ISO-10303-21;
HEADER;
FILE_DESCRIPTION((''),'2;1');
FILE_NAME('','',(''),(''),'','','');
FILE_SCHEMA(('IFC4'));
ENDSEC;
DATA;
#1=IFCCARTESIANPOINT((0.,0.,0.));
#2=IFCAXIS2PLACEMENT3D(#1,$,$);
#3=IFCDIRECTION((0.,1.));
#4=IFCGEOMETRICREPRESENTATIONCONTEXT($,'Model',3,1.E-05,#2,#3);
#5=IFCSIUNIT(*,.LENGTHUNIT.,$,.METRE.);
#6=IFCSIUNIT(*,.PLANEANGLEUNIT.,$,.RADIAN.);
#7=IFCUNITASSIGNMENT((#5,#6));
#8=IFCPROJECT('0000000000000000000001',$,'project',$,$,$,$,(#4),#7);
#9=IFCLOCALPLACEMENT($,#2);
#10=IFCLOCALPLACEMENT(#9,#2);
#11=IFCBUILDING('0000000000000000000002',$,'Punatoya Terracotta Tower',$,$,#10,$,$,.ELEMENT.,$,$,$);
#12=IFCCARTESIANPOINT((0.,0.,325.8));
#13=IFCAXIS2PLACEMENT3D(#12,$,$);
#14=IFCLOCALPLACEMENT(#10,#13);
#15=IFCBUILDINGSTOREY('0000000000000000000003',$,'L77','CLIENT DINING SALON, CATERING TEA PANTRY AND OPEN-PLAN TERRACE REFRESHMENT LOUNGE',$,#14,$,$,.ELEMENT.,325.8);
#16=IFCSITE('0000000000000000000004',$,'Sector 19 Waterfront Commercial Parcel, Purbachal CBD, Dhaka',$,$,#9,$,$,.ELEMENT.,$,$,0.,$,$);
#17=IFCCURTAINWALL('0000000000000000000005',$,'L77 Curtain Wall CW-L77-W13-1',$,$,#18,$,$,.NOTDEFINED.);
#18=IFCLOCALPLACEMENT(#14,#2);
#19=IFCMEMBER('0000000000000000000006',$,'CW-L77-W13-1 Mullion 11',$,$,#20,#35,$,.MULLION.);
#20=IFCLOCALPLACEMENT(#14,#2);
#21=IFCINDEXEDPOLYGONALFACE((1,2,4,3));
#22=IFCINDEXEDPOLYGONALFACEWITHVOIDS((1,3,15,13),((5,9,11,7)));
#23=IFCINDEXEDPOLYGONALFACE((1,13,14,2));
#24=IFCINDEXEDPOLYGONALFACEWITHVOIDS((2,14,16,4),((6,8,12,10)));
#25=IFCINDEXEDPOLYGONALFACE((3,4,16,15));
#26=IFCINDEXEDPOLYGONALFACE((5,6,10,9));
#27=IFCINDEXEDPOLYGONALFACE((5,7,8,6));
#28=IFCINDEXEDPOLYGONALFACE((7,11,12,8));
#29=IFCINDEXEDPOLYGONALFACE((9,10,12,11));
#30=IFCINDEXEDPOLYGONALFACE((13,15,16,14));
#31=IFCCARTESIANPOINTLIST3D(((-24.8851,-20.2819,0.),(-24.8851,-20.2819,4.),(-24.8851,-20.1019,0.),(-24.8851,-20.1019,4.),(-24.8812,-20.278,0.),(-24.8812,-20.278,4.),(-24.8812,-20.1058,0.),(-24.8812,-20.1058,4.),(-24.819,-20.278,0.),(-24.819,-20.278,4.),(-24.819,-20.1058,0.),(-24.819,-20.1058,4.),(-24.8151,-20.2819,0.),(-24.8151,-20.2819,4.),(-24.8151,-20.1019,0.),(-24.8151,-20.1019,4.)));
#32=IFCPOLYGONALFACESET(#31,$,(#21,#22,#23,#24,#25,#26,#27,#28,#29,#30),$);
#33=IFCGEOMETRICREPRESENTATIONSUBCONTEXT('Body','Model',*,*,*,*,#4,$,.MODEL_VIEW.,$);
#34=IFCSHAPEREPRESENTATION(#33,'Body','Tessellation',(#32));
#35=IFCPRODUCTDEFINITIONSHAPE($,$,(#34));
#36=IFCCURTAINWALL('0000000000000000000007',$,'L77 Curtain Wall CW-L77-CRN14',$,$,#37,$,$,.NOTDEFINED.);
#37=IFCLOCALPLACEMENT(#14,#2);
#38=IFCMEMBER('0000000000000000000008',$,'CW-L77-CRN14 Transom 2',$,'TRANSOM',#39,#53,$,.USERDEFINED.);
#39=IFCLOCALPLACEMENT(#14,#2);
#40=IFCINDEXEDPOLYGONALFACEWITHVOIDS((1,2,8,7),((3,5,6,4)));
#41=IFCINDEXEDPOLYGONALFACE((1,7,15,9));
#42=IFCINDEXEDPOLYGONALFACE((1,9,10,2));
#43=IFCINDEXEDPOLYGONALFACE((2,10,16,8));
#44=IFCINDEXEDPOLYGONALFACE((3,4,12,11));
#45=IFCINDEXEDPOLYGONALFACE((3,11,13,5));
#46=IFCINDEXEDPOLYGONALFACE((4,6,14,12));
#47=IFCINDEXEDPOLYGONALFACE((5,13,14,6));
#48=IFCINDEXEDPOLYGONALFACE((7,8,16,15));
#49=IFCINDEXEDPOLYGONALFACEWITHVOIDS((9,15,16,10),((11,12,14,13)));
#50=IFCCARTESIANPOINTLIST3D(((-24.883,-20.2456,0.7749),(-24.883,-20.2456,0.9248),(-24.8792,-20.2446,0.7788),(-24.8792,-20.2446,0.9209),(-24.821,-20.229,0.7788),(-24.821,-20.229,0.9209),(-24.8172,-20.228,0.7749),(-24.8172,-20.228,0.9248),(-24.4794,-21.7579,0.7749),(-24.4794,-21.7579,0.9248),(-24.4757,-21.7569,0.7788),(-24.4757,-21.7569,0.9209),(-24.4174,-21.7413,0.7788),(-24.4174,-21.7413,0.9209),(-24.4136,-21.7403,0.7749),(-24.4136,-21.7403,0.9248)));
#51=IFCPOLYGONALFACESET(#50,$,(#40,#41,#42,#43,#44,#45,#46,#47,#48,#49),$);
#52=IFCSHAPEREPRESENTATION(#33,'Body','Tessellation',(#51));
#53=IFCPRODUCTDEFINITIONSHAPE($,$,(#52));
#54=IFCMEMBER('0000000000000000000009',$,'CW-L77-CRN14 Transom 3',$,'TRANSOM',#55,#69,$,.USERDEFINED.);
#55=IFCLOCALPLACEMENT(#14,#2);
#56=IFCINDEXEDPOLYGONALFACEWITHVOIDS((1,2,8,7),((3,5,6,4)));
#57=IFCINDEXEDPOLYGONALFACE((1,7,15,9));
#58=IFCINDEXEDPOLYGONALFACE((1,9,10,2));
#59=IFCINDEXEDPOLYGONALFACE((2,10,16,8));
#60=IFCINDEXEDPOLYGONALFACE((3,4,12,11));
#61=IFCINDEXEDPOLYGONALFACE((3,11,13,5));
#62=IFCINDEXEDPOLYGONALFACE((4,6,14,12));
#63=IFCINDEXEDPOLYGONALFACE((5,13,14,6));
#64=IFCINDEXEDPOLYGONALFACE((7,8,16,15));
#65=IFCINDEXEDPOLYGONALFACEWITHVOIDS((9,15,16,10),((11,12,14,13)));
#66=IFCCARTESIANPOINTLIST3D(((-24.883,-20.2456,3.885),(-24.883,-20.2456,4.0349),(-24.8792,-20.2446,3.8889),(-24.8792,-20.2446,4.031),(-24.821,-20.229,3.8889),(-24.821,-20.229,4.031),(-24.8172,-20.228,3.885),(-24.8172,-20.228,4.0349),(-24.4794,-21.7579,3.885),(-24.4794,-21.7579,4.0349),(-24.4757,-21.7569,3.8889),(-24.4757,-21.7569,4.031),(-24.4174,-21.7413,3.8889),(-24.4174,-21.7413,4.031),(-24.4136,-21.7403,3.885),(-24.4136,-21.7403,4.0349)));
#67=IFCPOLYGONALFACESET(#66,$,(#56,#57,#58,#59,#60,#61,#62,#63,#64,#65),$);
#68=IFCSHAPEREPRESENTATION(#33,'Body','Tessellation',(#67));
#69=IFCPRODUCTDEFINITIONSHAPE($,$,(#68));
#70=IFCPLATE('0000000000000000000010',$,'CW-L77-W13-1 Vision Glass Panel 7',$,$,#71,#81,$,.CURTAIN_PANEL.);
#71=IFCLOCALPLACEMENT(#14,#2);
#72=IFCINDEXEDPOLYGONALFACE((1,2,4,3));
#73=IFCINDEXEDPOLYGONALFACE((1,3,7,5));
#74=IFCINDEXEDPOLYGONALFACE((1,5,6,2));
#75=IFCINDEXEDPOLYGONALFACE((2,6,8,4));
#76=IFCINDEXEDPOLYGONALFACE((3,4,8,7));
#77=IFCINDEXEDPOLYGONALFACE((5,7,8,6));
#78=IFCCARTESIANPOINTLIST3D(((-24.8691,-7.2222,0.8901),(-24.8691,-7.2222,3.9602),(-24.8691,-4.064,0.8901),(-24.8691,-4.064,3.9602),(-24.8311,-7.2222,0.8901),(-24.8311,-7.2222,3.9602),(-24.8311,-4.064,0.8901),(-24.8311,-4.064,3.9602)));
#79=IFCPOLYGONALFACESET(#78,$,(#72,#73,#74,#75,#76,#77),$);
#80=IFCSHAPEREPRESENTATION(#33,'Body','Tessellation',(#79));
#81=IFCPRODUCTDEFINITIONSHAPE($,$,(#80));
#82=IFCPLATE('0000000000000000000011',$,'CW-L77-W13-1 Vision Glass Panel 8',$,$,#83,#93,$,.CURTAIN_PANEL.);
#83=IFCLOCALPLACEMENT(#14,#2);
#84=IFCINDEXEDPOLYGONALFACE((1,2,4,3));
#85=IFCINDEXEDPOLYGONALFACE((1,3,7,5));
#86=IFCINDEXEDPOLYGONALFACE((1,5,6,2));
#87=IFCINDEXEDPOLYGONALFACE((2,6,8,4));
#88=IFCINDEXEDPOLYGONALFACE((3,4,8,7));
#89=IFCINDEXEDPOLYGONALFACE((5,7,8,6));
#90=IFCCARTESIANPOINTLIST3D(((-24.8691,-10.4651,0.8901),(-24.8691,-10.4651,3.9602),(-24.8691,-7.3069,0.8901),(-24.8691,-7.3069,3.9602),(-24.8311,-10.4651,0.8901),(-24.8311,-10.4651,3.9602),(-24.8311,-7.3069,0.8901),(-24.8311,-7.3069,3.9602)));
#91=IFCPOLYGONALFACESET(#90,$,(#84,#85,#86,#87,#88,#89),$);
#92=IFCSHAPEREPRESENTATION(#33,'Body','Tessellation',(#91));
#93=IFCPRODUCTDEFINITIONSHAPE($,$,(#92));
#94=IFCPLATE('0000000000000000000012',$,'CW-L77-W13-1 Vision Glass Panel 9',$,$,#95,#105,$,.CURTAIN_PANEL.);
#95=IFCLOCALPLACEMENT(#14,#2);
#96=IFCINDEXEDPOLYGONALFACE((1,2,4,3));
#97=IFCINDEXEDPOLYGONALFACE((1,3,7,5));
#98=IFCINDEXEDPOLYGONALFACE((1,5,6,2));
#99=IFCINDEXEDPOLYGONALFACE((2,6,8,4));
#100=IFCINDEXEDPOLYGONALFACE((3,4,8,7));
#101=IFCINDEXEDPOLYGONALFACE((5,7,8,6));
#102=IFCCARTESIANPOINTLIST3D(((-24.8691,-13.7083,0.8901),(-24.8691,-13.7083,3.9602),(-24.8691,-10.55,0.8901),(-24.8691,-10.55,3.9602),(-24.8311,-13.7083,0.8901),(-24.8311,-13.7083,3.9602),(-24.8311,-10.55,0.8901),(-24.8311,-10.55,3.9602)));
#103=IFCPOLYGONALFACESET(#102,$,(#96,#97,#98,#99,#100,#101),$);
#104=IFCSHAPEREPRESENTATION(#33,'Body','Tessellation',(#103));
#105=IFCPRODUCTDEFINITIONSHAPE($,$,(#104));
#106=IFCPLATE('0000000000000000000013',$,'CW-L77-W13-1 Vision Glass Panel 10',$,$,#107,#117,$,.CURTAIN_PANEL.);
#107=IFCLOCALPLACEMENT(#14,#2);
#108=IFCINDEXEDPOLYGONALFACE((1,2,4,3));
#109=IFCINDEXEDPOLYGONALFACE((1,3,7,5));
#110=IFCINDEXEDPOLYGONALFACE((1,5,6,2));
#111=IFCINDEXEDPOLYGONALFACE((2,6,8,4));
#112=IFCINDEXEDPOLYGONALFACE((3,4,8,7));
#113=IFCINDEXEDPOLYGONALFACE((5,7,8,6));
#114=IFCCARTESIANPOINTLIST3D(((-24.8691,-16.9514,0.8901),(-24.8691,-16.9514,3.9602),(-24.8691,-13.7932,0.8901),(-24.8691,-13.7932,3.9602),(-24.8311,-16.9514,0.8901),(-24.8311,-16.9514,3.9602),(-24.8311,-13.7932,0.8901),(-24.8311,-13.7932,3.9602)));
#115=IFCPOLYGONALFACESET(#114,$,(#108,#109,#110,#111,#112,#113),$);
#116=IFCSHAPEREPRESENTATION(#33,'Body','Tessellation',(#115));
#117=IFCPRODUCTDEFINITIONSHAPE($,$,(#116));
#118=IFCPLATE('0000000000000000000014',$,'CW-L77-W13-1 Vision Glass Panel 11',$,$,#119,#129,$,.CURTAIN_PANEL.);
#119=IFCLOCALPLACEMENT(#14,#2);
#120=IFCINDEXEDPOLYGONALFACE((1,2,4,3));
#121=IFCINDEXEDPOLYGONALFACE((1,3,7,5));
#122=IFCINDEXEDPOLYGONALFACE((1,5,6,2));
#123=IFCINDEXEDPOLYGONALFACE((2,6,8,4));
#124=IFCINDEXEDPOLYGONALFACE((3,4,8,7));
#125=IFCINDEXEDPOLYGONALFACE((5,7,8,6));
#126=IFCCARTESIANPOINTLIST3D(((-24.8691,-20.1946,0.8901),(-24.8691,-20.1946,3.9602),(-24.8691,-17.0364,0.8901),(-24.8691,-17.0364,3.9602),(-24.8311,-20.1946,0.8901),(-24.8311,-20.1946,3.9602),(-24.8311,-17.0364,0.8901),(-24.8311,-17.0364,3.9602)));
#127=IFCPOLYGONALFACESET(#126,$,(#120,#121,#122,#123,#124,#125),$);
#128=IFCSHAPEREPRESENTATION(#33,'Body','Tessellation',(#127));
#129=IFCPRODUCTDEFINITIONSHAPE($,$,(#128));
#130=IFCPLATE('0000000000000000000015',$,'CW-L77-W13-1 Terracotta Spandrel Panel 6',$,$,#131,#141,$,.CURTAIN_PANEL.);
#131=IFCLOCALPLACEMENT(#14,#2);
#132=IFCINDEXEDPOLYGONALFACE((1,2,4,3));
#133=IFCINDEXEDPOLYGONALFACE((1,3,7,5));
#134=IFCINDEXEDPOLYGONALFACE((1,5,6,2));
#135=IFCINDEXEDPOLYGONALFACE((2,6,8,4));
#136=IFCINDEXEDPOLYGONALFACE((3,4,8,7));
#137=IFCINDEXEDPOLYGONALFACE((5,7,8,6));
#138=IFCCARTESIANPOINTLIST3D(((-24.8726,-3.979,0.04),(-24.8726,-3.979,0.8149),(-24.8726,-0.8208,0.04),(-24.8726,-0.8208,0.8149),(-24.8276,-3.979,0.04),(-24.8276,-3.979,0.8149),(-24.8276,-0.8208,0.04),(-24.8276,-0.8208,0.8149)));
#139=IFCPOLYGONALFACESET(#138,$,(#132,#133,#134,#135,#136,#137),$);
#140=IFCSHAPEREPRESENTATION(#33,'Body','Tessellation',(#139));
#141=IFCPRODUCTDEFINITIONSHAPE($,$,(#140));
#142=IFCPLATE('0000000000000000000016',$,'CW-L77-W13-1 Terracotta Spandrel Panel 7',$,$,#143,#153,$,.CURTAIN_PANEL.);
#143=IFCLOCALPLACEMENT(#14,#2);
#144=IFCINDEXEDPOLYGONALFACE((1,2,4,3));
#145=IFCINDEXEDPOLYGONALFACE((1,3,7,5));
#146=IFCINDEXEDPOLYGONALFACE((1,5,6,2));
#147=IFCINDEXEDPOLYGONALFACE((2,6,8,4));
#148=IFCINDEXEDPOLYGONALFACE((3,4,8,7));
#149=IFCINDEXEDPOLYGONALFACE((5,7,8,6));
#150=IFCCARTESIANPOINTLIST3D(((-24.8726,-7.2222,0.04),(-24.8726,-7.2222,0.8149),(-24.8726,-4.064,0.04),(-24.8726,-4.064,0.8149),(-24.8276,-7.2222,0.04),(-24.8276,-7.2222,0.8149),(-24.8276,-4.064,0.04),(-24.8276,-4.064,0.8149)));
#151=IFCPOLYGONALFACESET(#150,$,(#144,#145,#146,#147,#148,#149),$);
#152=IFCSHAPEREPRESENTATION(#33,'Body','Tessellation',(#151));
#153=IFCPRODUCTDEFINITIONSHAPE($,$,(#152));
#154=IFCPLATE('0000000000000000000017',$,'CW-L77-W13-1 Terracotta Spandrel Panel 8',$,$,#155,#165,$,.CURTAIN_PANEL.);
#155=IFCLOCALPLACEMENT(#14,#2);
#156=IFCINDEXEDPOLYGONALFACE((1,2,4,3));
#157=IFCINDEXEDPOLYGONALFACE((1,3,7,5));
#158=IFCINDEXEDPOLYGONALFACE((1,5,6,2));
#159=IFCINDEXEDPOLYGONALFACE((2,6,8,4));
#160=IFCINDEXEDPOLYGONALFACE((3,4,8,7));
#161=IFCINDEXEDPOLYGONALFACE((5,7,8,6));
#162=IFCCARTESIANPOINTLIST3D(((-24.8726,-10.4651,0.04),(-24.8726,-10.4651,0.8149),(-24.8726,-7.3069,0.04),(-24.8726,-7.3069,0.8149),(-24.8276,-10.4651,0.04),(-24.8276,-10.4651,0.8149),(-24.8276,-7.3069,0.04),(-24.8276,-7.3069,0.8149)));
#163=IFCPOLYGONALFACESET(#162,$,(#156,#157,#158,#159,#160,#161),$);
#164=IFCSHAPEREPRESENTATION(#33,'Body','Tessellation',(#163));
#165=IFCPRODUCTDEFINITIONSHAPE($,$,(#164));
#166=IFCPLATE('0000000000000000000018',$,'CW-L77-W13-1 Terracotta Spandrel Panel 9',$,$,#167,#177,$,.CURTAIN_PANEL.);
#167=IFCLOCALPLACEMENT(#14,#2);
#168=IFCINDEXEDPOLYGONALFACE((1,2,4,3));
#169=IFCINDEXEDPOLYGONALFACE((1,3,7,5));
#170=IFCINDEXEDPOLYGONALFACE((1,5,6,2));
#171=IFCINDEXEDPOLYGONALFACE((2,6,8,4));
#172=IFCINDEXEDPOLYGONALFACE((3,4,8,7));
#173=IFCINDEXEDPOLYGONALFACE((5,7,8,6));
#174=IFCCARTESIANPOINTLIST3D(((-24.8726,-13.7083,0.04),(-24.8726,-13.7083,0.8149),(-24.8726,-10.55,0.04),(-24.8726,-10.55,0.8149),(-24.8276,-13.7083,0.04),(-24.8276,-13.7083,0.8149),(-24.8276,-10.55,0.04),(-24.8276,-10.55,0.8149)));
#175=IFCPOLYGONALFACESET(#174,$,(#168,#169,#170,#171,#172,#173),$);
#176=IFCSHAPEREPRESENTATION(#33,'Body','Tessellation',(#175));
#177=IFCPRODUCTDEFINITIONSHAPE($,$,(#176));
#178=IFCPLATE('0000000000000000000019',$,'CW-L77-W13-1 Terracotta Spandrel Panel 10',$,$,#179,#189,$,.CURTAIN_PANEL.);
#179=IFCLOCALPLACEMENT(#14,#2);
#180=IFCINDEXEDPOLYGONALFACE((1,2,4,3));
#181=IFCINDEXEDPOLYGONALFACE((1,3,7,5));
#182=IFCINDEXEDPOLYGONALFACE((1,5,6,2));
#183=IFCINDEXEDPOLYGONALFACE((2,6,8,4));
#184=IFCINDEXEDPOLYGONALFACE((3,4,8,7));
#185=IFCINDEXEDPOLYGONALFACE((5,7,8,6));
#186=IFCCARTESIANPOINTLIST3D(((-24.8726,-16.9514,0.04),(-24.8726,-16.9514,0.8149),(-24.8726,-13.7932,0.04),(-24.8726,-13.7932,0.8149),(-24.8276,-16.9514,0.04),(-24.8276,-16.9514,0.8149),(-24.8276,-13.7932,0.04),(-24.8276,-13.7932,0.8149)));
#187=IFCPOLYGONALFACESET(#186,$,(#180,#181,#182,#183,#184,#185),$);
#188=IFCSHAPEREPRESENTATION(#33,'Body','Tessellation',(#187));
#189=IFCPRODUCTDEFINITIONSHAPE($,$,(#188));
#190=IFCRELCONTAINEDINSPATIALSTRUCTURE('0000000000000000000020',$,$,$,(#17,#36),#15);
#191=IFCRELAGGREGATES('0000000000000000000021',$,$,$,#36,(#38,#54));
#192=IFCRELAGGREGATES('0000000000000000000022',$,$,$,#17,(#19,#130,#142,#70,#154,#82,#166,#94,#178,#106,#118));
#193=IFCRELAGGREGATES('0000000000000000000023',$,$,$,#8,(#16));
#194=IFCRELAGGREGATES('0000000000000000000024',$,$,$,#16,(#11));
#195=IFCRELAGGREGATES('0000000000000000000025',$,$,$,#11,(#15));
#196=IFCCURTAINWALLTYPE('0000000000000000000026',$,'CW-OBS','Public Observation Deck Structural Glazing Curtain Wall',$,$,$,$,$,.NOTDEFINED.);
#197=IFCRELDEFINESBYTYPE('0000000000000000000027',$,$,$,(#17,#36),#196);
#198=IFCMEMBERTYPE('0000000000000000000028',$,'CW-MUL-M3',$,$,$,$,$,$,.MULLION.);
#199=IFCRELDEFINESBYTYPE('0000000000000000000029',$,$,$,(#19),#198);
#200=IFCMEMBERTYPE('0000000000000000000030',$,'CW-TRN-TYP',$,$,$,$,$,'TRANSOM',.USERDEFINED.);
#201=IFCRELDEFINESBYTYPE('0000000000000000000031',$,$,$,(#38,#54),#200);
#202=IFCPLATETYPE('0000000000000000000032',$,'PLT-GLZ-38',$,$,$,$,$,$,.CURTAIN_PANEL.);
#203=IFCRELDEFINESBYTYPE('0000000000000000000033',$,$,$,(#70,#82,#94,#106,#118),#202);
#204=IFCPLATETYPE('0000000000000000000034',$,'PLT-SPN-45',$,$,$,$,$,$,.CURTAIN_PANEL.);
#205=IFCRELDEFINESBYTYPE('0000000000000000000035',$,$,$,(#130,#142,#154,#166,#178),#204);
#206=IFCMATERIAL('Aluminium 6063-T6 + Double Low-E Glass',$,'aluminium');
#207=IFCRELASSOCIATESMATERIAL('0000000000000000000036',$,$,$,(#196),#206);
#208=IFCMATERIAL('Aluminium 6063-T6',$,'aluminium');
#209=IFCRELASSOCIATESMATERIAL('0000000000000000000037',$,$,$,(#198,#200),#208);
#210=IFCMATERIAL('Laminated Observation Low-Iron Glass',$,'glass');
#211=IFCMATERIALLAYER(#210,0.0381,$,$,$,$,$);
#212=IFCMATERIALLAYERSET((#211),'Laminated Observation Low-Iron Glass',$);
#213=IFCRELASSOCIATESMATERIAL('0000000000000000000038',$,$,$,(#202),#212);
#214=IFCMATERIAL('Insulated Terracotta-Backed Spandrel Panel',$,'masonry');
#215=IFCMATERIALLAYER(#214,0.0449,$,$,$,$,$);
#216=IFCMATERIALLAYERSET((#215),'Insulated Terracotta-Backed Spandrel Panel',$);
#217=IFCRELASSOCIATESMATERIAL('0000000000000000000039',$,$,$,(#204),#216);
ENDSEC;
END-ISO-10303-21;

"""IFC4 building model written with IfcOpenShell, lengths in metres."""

from ifc_helpers import new_model, si_unit, direction, frame, origin, origin_2d, place, context, subcontext, project, spatial, rectangle, hollow_rectangle, extrude, material, layer, layer_set, material_profile, profile_set, type_object, element, aggregate, save


model = new_model("IFC4")

# Units and contexts
model_context = context("Model", 3, precision=1e-05, world=origin(), true_north=direction((0.0, 1.0)))
body_context = subcontext(model_context, "Body", "Model", "MODEL_VIEW")
ifc_project = project(units=[si_unit("LENGTHUNIT", "METRE"), si_unit("PLANEANGLEUNIT", "RADIAN")], contexts=[model_context])

# Site, building, storey
site_placement = place(None, origin())
site = spatial("IfcSite", under=ifc_project, at=site_placement, Name="Sector 19 Waterfront Commercial Parcel, Purbachal CBD, Dhaka", CompositionType="ELEMENT", RefElevation=0.0)
building_placement = place(site_placement, origin())
building = spatial("IfcBuilding", under=site, at=building_placement, Name="Punatoya Terracotta Tower", CompositionType="ELEMENT")
storey_placement = place(building_placement, frame((0.0, 0.0, 325.8)))
storey = spatial("IfcBuildingStorey", under=building, at=storey_placement, Name="L77", Description="CLIENT DINING SALON, CATERING TEA PANTRY AND OPEN-PLAN TERRACE REFRESHMENT LOUNGE", CompositionType="ELEMENT", Elevation=325.8)

# Curtain walls, members
ifc_material_1 = material(Name="Aluminium 6063-T6 + Double Low-E Glass", Category="aluminium")
curtain_wall_type = type_object("IfcCurtainWallType", Name="CW-OBS", Description="Public Observation Deck Structural Glazing Curtain Wall", PredefinedType="NOTDEFINED", material=ifc_material_1)
curtain_wall_1_placement = place(storey_placement, origin())
curtain_wall_1 = element("IfcCurtainWall", 1, at=curtain_wall_1_placement, inside=storey, type_object=curtain_wall_type, Name="L77 Curtain Wall CW-L77-W13-1", PredefinedType="NOTDEFINED")
ifc_material_2 = material(Name="Aluminium 6063-T6", Category="aluminium")
ifc_material_profile_1 = material_profile(ifc_material_2, hollow_rectangle(XDim=0.0701, YDim=0.1799, WallThickness=0.0039, at=origin_2d()))
ifc_profile_set_1 = profile_set([ifc_material_profile_1], Name="Aluminium 6063-T6")
member_type_1 = type_object("IfcMemberType", Name="CW-MUL-M3", PredefinedType="MULLION", material=ifc_profile_set_1)
member_1_placement = place(storey_placement, frame((-24.8501, -20.1919, 0.0), z_axis=(0.0, 0.0, 1.0), x_axis=(1.0, 0.0, 0.0)))
member_1 = element("IfcMember", 2, at=member_1_placement, type_object=member_type_1, Name="CW-L77-W13-1 Mullion 11", PredefinedType="MULLION", context=body_context, shape_type="SweptSolid", body=[
    extrude(hollow_rectangle(XDim=0.0701, YDim=0.1799, WallThickness=0.0039, at=origin_2d()), origin(), (0.0, 0.0, 1.0), 4.0),
])
curtain_wall_2_placement = place(storey_placement, origin())
curtain_wall_2 = element("IfcCurtainWall", 3, at=curtain_wall_2_placement, inside=storey, type_object=curtain_wall_type, Name="L77 Curtain Wall CW-L77-CRN14", PredefinedType="NOTDEFINED")
ifc_material_profile_2 = material_profile(ifc_material_2, hollow_rectangle(XDim=0.0681, YDim=0.1499, WallThickness=0.0039, at=origin_2d()))
ifc_profile_set_2 = profile_set([ifc_material_profile_2], Name="Aluminium 6063-T6")
member_type_2 = type_object("IfcMemberType", Name="CW-TRN-TYP", ElementType="TRANSOM", PredefinedType="USERDEFINED", material=ifc_profile_set_2)
member_2_placement = place(storey_placement, frame((-24.8501, -20.2368, 0.8499), z_axis=(0.257847, -0.966186, 0.0), x_axis=(0.966186, 0.257847, 0.0)))
member_2 = element("IfcMember", 4, at=member_2_placement, type_object=member_type_2, Name="CW-L77-CRN14 Transom 2", ObjectType="TRANSOM", PredefinedType="USERDEFINED", context=body_context, shape_type="SweptSolid", body=[
    extrude(hollow_rectangle(XDim=0.0681, YDim=0.1499, WallThickness=0.0039, at=origin_2d()), origin(), (0.0, 0.0, 1.0), 1.5652),
])
member_3_placement = place(storey_placement, frame((-24.8501, -20.2368, 3.96), z_axis=(0.257847, -0.966186, 0.0), x_axis=(0.966186, 0.257847, 0.0)))
member_3 = element("IfcMember", 5, at=member_3_placement, type_object=member_type_2, Name="CW-L77-CRN14 Transom 3", ObjectType="TRANSOM", PredefinedType="USERDEFINED", context=body_context, shape_type="SweptSolid", body=[
    extrude(hollow_rectangle(XDim=0.0681, YDim=0.1499, WallThickness=0.0039, at=origin_2d()), origin(), (0.0, 0.0, 1.0), 1.5652),
])
aggregate(curtain_wall_2, [member_2, member_3])

# Plates
ifc_material_3 = material(Name="Laminated Observation Low-Iron Glass", Category="glass")
ifc_layer_1 = layer(ifc_material_3, 0.0381)
ifc_layer_set_1 = layer_set([ifc_layer_1], Name="Laminated Observation Low-Iron Glass")
plate_type_1 = type_object("IfcPlateType", Name="PLT-GLZ-38", PredefinedType="CURTAIN_PANEL", material=ifc_layer_set_1)
plate_1_placement = place(storey_placement, frame((-24.8501, -5.6431, 0.8901), z_axis=(0.0, 0.0, 1.0), x_axis=(0.0, -1.0, 0.0)))
plate_1 = element("IfcPlate", 6, at=plate_1_placement, type_object=plate_type_1, Name="CW-L77-W13-1 Vision Glass Panel 7", PredefinedType="CURTAIN_PANEL", context=body_context, shape_type="SweptSolid", body=[
    extrude(rectangle(XDim=3.1582, YDim=0.0381, at=origin_2d()), origin(), (0.0, 0.0, 1.0), 3.0701),
])
plate_2_placement = place(storey_placement, frame((-24.8501, -8.886, 0.8901), z_axis=(0.0, 0.0, 1.0), x_axis=(0.0, -1.0, 0.0)))
plate_2 = element("IfcPlate", 7, at=plate_2_placement, type_object=plate_type_1, Name="CW-L77-W13-1 Vision Glass Panel 8", PredefinedType="CURTAIN_PANEL", context=body_context, shape_type="SweptSolid", body=[
    extrude(rectangle(XDim=3.1582, YDim=0.0381, at=origin_2d()), origin(), (0.0, 0.0, 1.0), 3.0701),
])
plate_3_placement = place(storey_placement, frame((-24.8501, -12.1292, 0.8901), z_axis=(0.0, 0.0, 1.0), x_axis=(0.0, -1.0, 0.0)))
plate_3 = element("IfcPlate", 8, at=plate_3_placement, type_object=plate_type_1, Name="CW-L77-W13-1 Vision Glass Panel 9", PredefinedType="CURTAIN_PANEL", context=body_context, shape_type="SweptSolid", body=[
    extrude(rectangle(XDim=3.1582, YDim=0.0381, at=origin_2d()), origin(), (0.0, 0.0, 1.0), 3.0701),
])
plate_4_placement = place(storey_placement, frame((-24.8501, -15.3723, 0.8901), z_axis=(0.0, 0.0, 1.0), x_axis=(0.0, -1.0, 0.0)))
plate_4 = element("IfcPlate", 9, at=plate_4_placement, type_object=plate_type_1, Name="CW-L77-W13-1 Vision Glass Panel 10", PredefinedType="CURTAIN_PANEL", context=body_context, shape_type="SweptSolid", body=[
    extrude(rectangle(XDim=3.1582, YDim=0.0381, at=origin_2d()), origin(), (0.0, 0.0, 1.0), 3.0701),
])
plate_5_placement = place(storey_placement, frame((-24.8501, -18.6155, 0.8901), z_axis=(0.0, 0.0, 1.0), x_axis=(0.0, -1.0, 0.0)))
plate_5 = element("IfcPlate", 10, at=plate_5_placement, type_object=plate_type_1, Name="CW-L77-W13-1 Vision Glass Panel 11", PredefinedType="CURTAIN_PANEL", context=body_context, shape_type="SweptSolid", body=[
    extrude(rectangle(XDim=3.1582, YDim=0.0381, at=origin_2d()), origin(), (0.0, 0.0, 1.0), 3.0701),
])
ifc_material_4 = material(Name="Insulated Terracotta-Backed Spandrel Panel", Category="masonry")
ifc_layer_2 = layer(ifc_material_4, 0.0449)
ifc_layer_set_2 = layer_set([ifc_layer_2], Name="Insulated Terracotta-Backed Spandrel Panel")
plate_type_2 = type_object("IfcPlateType", Name="PLT-SPN-45", PredefinedType="CURTAIN_PANEL", material=ifc_layer_set_2)
plate_6_placement = place(storey_placement, frame((-24.8501, -2.3999, 0.04), z_axis=(0.0, 0.0, 1.0), x_axis=(0.0, -1.0, 0.0)))
plate_6 = element("IfcPlate", 11, at=plate_6_placement, type_object=plate_type_2, Name="CW-L77-W13-1 Terracotta Spandrel Panel 6", PredefinedType="CURTAIN_PANEL", context=body_context, shape_type="SweptSolid", body=[
    extrude(rectangle(XDim=3.1582, YDim=0.0449, at=origin_2d()), origin(), (0.0, 0.0, 1.0), 0.7749),
])
plate_7_placement = place(storey_placement, frame((-24.8501, -5.6431, 0.04), z_axis=(0.0, 0.0, 1.0), x_axis=(0.0, -1.0, 0.0)))
plate_7 = element("IfcPlate", 12, at=plate_7_placement, type_object=plate_type_2, Name="CW-L77-W13-1 Terracotta Spandrel Panel 7", PredefinedType="CURTAIN_PANEL", context=body_context, shape_type="SweptSolid", body=[
    extrude(rectangle(XDim=3.1582, YDim=0.0449, at=origin_2d()), origin(), (0.0, 0.0, 1.0), 0.7749),
])
plate_8_placement = place(storey_placement, frame((-24.8501, -8.886, 0.04), z_axis=(0.0, 0.0, 1.0), x_axis=(0.0, -1.0, 0.0)))
plate_8 = element("IfcPlate", 13, at=plate_8_placement, type_object=plate_type_2, Name="CW-L77-W13-1 Terracotta Spandrel Panel 8", PredefinedType="CURTAIN_PANEL", context=body_context, shape_type="SweptSolid", body=[
    extrude(rectangle(XDim=3.1582, YDim=0.0449, at=origin_2d()), origin(), (0.0, 0.0, 1.0), 0.7749),
])
plate_9_placement = place(storey_placement, frame((-24.8501, -12.1292, 0.04), z_axis=(0.0, 0.0, 1.0), x_axis=(0.0, -1.0, 0.0)))
plate_9 = element("IfcPlate", 14, at=plate_9_placement, type_object=plate_type_2, Name="CW-L77-W13-1 Terracotta Spandrel Panel 9", PredefinedType="CURTAIN_PANEL", context=body_context, shape_type="SweptSolid", body=[
    extrude(rectangle(XDim=3.1582, YDim=0.0449, at=origin_2d()), origin(), (0.0, 0.0, 1.0), 0.7749),
])
plate_10_placement = place(storey_placement, frame((-24.8501, -15.3723, 0.04), z_axis=(0.0, 0.0, 1.0), x_axis=(0.0, -1.0, 0.0)))
plate_10 = element("IfcPlate", 15, at=plate_10_placement, type_object=plate_type_2, Name="CW-L77-W13-1 Terracotta Spandrel Panel 10", PredefinedType="CURTAIN_PANEL", context=body_context, shape_type="SweptSolid", body=[
    extrude(rectangle(XDim=3.1582, YDim=0.0449, at=origin_2d()), origin(), (0.0, 0.0, 1.0), 0.7749),
])
aggregate(curtain_wall_1, [member_1, plate_6, plate_7, plate_1, plate_8, plate_2, plate_9, plate_3, plate_10, plate_4, plate_5])

save(model, "model.ifc")
